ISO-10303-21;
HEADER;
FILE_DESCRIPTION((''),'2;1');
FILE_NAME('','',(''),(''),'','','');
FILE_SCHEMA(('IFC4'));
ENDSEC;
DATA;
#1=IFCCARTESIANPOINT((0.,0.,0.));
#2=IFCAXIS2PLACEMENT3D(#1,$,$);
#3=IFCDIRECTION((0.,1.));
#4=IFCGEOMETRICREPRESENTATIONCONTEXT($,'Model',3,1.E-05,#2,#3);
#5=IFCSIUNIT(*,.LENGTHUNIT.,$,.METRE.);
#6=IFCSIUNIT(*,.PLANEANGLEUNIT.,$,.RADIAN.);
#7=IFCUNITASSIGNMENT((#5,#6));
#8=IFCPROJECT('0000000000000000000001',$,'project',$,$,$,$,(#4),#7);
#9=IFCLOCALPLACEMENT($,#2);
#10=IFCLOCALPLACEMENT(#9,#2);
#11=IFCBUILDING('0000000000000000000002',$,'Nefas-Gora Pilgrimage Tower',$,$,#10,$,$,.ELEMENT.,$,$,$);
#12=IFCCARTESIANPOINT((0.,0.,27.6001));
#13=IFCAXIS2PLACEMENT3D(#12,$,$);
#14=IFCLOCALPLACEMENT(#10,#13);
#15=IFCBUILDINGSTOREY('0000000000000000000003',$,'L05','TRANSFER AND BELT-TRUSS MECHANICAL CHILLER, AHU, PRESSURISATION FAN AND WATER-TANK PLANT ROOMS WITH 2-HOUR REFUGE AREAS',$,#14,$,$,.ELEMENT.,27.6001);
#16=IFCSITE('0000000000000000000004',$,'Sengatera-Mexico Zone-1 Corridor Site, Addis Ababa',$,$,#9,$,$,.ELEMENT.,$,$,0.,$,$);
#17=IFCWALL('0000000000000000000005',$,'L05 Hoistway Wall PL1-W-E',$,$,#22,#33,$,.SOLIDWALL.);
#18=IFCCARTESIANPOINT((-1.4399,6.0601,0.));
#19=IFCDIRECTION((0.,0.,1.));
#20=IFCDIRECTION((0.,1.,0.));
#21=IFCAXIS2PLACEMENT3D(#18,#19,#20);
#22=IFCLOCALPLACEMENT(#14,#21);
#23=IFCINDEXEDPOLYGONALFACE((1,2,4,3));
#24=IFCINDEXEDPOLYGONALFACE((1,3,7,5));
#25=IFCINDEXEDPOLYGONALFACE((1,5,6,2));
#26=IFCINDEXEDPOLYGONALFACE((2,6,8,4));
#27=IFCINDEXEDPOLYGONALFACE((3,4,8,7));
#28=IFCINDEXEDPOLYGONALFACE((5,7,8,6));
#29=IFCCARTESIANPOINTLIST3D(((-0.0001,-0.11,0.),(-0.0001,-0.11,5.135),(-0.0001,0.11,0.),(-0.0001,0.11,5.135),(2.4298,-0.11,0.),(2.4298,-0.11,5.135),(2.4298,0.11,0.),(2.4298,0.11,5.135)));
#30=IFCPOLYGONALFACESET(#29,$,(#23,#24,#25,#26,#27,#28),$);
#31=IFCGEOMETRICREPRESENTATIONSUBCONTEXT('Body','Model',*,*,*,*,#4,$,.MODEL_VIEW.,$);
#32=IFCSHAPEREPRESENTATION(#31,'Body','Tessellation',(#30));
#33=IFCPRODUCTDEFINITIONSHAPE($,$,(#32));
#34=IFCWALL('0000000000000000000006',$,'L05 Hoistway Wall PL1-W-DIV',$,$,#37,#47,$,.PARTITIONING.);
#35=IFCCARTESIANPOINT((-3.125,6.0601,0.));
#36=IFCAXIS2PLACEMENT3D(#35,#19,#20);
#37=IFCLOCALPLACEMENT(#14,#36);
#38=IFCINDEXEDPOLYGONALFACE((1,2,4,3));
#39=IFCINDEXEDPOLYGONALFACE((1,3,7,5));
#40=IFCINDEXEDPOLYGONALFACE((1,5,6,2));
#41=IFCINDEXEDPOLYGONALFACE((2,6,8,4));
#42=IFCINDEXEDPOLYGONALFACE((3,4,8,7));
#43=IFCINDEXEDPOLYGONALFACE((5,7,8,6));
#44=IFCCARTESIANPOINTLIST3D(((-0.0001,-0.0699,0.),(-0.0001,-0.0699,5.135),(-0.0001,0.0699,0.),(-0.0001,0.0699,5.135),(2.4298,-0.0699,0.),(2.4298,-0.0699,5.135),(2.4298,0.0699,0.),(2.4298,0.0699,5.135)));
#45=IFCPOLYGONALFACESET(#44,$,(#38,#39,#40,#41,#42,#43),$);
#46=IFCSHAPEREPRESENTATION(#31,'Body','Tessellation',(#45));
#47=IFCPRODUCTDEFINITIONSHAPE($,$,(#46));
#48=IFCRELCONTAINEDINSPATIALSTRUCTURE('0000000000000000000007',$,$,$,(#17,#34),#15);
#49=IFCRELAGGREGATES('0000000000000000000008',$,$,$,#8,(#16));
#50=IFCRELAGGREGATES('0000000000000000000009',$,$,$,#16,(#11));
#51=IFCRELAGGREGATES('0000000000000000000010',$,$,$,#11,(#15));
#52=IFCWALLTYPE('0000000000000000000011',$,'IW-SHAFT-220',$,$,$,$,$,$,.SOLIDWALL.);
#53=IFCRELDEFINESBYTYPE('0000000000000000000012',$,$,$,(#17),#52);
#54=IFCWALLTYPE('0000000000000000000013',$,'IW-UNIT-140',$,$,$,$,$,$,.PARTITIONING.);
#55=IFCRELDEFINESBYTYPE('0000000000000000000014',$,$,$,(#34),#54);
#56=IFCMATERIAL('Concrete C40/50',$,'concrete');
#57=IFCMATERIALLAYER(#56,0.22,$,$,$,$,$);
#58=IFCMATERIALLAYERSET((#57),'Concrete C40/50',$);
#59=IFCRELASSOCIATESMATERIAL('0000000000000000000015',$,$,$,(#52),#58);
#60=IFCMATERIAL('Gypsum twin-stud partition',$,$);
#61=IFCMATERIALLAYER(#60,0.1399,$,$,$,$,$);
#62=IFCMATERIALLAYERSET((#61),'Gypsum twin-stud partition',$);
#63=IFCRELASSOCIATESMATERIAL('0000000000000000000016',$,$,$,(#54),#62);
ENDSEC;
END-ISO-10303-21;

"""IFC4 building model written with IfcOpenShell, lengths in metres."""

from ifc_helpers import new_model, si_unit, direction, frame, frame_2d, origin, place, context, subcontext, project, spatial, rectangle, extrude, source, transform, mapped, material, layer, layer_set, type_object, element, save


model = new_model("IFC4")

# Units and contexts
model_context = context("Model", 3, precision=1e-05, world=origin(), true_north=direction((0.0, 1.0)))
body_context = subcontext(model_context, "Body", "Model", "MODEL_VIEW")
ifc_project = project(units=[si_unit("LENGTHUNIT", "METRE"), si_unit("PLANEANGLEUNIT", "RADIAN")], contexts=[model_context])

# Site, building, storey
site_placement = place(None, origin())
site = spatial("IfcSite", under=ifc_project, at=site_placement, Name="Sengatera-Mexico Zone-1 Corridor Site, Addis Ababa", CompositionType="ELEMENT", RefElevation=0.0)
building_placement = place(site_placement, origin())
building = spatial("IfcBuilding", under=site, at=building_placement, Name="Nefas-Gora Pilgrimage Tower", CompositionType="ELEMENT")
storey_placement = place(building_placement, frame((0.0, 0.0, 27.6001)))
storey = spatial("IfcBuildingStorey", under=building, at=storey_placement, Name="L05", Description="TRANSFER AND BELT-TRUSS MECHANICAL CHILLER, AHU, PRESSURISATION FAN AND WATER-TANK PLANT ROOMS WITH 2-HOUR REFUGE AREAS", CompositionType="ELEMENT", Elevation=27.6001)

# Shared definitions
ifc_material_1 = material(Name="Concrete C40/50", Category="concrete")

# Shared definitions
ifc_layer_1 = layer(ifc_material_1, 0.22)
ifc_layer_set_1 = layer_set([ifc_layer_1], Name="Concrete C40/50")
wall_type_1 = type_object("IfcWallType", Name="IW-SHAFT-220", PredefinedType="SOLIDWALL", material=ifc_layer_set_1)

# Walls
shared_shape_1 = source(origin(), body_context, "Body", "SweptSolid", [
    extrude(rectangle(XDim=2.4299, YDim=0.22, at=frame_2d((1.2148, 0.0))), origin(), (0.0, 0.0, 1.0), 5.135),
])
wall_1_placement = place(storey_placement, frame((-1.4399, 6.0601, 0.0), z_axis=(0.0, 0.0, 1.0), x_axis=(0.0, 1.0, 0.0)))
element("IfcWall", 1, at=wall_1_placement, inside=storey, type_object=wall_type_1, Name="L05 Hoistway Wall PL1-W-E", PredefinedType="SOLIDWALL", context=body_context, shape_type="MappedRepresentation", body=[
    mapped(shared_shape_1, transform((0.0, 0.0, 0.0), x_axis=(1.0, 0.0, 0.0), y_axis=(0.0, 1.0, 0.0), z_axis=(0.0, 0.0, 1.0), scale=1.0)),
])
ifc_material_2 = material(Name="Gypsum twin-stud partition")
ifc_layer_2 = layer(ifc_material_2, 0.1399)
ifc_layer_set_2 = layer_set([ifc_layer_2], Name="Gypsum twin-stud partition")
wall_type_2 = type_object("IfcWallType", Name="IW-UNIT-140", PredefinedType="PARTITIONING", material=ifc_layer_set_2)
shared_shape_2 = source(origin(), body_context, "Body", "SweptSolid", [
    extrude(rectangle(XDim=2.4299, YDim=0.1399, at=frame_2d((1.2148, 0.0))), origin(), (0.0, 0.0, 1.0), 5.135),
])
wall_2_placement = place(storey_placement, frame((-3.125, 6.0601, 0.0), z_axis=(0.0, 0.0, 1.0), x_axis=(0.0, 1.0, 0.0)))
element("IfcWall", 2, at=wall_2_placement, inside=storey, type_object=wall_type_2, Name="L05 Hoistway Wall PL1-W-DIV", PredefinedType="PARTITIONING", context=body_context, shape_type="MappedRepresentation", body=[
    mapped(shared_shape_2, transform((0.0, 0.0, 0.0), x_axis=(1.0, 0.0, 0.0), y_axis=(0.0, 1.0, 0.0), z_axis=(0.0, 0.0, 1.0), scale=1.0)),
])

save(model, "model.ifc")
